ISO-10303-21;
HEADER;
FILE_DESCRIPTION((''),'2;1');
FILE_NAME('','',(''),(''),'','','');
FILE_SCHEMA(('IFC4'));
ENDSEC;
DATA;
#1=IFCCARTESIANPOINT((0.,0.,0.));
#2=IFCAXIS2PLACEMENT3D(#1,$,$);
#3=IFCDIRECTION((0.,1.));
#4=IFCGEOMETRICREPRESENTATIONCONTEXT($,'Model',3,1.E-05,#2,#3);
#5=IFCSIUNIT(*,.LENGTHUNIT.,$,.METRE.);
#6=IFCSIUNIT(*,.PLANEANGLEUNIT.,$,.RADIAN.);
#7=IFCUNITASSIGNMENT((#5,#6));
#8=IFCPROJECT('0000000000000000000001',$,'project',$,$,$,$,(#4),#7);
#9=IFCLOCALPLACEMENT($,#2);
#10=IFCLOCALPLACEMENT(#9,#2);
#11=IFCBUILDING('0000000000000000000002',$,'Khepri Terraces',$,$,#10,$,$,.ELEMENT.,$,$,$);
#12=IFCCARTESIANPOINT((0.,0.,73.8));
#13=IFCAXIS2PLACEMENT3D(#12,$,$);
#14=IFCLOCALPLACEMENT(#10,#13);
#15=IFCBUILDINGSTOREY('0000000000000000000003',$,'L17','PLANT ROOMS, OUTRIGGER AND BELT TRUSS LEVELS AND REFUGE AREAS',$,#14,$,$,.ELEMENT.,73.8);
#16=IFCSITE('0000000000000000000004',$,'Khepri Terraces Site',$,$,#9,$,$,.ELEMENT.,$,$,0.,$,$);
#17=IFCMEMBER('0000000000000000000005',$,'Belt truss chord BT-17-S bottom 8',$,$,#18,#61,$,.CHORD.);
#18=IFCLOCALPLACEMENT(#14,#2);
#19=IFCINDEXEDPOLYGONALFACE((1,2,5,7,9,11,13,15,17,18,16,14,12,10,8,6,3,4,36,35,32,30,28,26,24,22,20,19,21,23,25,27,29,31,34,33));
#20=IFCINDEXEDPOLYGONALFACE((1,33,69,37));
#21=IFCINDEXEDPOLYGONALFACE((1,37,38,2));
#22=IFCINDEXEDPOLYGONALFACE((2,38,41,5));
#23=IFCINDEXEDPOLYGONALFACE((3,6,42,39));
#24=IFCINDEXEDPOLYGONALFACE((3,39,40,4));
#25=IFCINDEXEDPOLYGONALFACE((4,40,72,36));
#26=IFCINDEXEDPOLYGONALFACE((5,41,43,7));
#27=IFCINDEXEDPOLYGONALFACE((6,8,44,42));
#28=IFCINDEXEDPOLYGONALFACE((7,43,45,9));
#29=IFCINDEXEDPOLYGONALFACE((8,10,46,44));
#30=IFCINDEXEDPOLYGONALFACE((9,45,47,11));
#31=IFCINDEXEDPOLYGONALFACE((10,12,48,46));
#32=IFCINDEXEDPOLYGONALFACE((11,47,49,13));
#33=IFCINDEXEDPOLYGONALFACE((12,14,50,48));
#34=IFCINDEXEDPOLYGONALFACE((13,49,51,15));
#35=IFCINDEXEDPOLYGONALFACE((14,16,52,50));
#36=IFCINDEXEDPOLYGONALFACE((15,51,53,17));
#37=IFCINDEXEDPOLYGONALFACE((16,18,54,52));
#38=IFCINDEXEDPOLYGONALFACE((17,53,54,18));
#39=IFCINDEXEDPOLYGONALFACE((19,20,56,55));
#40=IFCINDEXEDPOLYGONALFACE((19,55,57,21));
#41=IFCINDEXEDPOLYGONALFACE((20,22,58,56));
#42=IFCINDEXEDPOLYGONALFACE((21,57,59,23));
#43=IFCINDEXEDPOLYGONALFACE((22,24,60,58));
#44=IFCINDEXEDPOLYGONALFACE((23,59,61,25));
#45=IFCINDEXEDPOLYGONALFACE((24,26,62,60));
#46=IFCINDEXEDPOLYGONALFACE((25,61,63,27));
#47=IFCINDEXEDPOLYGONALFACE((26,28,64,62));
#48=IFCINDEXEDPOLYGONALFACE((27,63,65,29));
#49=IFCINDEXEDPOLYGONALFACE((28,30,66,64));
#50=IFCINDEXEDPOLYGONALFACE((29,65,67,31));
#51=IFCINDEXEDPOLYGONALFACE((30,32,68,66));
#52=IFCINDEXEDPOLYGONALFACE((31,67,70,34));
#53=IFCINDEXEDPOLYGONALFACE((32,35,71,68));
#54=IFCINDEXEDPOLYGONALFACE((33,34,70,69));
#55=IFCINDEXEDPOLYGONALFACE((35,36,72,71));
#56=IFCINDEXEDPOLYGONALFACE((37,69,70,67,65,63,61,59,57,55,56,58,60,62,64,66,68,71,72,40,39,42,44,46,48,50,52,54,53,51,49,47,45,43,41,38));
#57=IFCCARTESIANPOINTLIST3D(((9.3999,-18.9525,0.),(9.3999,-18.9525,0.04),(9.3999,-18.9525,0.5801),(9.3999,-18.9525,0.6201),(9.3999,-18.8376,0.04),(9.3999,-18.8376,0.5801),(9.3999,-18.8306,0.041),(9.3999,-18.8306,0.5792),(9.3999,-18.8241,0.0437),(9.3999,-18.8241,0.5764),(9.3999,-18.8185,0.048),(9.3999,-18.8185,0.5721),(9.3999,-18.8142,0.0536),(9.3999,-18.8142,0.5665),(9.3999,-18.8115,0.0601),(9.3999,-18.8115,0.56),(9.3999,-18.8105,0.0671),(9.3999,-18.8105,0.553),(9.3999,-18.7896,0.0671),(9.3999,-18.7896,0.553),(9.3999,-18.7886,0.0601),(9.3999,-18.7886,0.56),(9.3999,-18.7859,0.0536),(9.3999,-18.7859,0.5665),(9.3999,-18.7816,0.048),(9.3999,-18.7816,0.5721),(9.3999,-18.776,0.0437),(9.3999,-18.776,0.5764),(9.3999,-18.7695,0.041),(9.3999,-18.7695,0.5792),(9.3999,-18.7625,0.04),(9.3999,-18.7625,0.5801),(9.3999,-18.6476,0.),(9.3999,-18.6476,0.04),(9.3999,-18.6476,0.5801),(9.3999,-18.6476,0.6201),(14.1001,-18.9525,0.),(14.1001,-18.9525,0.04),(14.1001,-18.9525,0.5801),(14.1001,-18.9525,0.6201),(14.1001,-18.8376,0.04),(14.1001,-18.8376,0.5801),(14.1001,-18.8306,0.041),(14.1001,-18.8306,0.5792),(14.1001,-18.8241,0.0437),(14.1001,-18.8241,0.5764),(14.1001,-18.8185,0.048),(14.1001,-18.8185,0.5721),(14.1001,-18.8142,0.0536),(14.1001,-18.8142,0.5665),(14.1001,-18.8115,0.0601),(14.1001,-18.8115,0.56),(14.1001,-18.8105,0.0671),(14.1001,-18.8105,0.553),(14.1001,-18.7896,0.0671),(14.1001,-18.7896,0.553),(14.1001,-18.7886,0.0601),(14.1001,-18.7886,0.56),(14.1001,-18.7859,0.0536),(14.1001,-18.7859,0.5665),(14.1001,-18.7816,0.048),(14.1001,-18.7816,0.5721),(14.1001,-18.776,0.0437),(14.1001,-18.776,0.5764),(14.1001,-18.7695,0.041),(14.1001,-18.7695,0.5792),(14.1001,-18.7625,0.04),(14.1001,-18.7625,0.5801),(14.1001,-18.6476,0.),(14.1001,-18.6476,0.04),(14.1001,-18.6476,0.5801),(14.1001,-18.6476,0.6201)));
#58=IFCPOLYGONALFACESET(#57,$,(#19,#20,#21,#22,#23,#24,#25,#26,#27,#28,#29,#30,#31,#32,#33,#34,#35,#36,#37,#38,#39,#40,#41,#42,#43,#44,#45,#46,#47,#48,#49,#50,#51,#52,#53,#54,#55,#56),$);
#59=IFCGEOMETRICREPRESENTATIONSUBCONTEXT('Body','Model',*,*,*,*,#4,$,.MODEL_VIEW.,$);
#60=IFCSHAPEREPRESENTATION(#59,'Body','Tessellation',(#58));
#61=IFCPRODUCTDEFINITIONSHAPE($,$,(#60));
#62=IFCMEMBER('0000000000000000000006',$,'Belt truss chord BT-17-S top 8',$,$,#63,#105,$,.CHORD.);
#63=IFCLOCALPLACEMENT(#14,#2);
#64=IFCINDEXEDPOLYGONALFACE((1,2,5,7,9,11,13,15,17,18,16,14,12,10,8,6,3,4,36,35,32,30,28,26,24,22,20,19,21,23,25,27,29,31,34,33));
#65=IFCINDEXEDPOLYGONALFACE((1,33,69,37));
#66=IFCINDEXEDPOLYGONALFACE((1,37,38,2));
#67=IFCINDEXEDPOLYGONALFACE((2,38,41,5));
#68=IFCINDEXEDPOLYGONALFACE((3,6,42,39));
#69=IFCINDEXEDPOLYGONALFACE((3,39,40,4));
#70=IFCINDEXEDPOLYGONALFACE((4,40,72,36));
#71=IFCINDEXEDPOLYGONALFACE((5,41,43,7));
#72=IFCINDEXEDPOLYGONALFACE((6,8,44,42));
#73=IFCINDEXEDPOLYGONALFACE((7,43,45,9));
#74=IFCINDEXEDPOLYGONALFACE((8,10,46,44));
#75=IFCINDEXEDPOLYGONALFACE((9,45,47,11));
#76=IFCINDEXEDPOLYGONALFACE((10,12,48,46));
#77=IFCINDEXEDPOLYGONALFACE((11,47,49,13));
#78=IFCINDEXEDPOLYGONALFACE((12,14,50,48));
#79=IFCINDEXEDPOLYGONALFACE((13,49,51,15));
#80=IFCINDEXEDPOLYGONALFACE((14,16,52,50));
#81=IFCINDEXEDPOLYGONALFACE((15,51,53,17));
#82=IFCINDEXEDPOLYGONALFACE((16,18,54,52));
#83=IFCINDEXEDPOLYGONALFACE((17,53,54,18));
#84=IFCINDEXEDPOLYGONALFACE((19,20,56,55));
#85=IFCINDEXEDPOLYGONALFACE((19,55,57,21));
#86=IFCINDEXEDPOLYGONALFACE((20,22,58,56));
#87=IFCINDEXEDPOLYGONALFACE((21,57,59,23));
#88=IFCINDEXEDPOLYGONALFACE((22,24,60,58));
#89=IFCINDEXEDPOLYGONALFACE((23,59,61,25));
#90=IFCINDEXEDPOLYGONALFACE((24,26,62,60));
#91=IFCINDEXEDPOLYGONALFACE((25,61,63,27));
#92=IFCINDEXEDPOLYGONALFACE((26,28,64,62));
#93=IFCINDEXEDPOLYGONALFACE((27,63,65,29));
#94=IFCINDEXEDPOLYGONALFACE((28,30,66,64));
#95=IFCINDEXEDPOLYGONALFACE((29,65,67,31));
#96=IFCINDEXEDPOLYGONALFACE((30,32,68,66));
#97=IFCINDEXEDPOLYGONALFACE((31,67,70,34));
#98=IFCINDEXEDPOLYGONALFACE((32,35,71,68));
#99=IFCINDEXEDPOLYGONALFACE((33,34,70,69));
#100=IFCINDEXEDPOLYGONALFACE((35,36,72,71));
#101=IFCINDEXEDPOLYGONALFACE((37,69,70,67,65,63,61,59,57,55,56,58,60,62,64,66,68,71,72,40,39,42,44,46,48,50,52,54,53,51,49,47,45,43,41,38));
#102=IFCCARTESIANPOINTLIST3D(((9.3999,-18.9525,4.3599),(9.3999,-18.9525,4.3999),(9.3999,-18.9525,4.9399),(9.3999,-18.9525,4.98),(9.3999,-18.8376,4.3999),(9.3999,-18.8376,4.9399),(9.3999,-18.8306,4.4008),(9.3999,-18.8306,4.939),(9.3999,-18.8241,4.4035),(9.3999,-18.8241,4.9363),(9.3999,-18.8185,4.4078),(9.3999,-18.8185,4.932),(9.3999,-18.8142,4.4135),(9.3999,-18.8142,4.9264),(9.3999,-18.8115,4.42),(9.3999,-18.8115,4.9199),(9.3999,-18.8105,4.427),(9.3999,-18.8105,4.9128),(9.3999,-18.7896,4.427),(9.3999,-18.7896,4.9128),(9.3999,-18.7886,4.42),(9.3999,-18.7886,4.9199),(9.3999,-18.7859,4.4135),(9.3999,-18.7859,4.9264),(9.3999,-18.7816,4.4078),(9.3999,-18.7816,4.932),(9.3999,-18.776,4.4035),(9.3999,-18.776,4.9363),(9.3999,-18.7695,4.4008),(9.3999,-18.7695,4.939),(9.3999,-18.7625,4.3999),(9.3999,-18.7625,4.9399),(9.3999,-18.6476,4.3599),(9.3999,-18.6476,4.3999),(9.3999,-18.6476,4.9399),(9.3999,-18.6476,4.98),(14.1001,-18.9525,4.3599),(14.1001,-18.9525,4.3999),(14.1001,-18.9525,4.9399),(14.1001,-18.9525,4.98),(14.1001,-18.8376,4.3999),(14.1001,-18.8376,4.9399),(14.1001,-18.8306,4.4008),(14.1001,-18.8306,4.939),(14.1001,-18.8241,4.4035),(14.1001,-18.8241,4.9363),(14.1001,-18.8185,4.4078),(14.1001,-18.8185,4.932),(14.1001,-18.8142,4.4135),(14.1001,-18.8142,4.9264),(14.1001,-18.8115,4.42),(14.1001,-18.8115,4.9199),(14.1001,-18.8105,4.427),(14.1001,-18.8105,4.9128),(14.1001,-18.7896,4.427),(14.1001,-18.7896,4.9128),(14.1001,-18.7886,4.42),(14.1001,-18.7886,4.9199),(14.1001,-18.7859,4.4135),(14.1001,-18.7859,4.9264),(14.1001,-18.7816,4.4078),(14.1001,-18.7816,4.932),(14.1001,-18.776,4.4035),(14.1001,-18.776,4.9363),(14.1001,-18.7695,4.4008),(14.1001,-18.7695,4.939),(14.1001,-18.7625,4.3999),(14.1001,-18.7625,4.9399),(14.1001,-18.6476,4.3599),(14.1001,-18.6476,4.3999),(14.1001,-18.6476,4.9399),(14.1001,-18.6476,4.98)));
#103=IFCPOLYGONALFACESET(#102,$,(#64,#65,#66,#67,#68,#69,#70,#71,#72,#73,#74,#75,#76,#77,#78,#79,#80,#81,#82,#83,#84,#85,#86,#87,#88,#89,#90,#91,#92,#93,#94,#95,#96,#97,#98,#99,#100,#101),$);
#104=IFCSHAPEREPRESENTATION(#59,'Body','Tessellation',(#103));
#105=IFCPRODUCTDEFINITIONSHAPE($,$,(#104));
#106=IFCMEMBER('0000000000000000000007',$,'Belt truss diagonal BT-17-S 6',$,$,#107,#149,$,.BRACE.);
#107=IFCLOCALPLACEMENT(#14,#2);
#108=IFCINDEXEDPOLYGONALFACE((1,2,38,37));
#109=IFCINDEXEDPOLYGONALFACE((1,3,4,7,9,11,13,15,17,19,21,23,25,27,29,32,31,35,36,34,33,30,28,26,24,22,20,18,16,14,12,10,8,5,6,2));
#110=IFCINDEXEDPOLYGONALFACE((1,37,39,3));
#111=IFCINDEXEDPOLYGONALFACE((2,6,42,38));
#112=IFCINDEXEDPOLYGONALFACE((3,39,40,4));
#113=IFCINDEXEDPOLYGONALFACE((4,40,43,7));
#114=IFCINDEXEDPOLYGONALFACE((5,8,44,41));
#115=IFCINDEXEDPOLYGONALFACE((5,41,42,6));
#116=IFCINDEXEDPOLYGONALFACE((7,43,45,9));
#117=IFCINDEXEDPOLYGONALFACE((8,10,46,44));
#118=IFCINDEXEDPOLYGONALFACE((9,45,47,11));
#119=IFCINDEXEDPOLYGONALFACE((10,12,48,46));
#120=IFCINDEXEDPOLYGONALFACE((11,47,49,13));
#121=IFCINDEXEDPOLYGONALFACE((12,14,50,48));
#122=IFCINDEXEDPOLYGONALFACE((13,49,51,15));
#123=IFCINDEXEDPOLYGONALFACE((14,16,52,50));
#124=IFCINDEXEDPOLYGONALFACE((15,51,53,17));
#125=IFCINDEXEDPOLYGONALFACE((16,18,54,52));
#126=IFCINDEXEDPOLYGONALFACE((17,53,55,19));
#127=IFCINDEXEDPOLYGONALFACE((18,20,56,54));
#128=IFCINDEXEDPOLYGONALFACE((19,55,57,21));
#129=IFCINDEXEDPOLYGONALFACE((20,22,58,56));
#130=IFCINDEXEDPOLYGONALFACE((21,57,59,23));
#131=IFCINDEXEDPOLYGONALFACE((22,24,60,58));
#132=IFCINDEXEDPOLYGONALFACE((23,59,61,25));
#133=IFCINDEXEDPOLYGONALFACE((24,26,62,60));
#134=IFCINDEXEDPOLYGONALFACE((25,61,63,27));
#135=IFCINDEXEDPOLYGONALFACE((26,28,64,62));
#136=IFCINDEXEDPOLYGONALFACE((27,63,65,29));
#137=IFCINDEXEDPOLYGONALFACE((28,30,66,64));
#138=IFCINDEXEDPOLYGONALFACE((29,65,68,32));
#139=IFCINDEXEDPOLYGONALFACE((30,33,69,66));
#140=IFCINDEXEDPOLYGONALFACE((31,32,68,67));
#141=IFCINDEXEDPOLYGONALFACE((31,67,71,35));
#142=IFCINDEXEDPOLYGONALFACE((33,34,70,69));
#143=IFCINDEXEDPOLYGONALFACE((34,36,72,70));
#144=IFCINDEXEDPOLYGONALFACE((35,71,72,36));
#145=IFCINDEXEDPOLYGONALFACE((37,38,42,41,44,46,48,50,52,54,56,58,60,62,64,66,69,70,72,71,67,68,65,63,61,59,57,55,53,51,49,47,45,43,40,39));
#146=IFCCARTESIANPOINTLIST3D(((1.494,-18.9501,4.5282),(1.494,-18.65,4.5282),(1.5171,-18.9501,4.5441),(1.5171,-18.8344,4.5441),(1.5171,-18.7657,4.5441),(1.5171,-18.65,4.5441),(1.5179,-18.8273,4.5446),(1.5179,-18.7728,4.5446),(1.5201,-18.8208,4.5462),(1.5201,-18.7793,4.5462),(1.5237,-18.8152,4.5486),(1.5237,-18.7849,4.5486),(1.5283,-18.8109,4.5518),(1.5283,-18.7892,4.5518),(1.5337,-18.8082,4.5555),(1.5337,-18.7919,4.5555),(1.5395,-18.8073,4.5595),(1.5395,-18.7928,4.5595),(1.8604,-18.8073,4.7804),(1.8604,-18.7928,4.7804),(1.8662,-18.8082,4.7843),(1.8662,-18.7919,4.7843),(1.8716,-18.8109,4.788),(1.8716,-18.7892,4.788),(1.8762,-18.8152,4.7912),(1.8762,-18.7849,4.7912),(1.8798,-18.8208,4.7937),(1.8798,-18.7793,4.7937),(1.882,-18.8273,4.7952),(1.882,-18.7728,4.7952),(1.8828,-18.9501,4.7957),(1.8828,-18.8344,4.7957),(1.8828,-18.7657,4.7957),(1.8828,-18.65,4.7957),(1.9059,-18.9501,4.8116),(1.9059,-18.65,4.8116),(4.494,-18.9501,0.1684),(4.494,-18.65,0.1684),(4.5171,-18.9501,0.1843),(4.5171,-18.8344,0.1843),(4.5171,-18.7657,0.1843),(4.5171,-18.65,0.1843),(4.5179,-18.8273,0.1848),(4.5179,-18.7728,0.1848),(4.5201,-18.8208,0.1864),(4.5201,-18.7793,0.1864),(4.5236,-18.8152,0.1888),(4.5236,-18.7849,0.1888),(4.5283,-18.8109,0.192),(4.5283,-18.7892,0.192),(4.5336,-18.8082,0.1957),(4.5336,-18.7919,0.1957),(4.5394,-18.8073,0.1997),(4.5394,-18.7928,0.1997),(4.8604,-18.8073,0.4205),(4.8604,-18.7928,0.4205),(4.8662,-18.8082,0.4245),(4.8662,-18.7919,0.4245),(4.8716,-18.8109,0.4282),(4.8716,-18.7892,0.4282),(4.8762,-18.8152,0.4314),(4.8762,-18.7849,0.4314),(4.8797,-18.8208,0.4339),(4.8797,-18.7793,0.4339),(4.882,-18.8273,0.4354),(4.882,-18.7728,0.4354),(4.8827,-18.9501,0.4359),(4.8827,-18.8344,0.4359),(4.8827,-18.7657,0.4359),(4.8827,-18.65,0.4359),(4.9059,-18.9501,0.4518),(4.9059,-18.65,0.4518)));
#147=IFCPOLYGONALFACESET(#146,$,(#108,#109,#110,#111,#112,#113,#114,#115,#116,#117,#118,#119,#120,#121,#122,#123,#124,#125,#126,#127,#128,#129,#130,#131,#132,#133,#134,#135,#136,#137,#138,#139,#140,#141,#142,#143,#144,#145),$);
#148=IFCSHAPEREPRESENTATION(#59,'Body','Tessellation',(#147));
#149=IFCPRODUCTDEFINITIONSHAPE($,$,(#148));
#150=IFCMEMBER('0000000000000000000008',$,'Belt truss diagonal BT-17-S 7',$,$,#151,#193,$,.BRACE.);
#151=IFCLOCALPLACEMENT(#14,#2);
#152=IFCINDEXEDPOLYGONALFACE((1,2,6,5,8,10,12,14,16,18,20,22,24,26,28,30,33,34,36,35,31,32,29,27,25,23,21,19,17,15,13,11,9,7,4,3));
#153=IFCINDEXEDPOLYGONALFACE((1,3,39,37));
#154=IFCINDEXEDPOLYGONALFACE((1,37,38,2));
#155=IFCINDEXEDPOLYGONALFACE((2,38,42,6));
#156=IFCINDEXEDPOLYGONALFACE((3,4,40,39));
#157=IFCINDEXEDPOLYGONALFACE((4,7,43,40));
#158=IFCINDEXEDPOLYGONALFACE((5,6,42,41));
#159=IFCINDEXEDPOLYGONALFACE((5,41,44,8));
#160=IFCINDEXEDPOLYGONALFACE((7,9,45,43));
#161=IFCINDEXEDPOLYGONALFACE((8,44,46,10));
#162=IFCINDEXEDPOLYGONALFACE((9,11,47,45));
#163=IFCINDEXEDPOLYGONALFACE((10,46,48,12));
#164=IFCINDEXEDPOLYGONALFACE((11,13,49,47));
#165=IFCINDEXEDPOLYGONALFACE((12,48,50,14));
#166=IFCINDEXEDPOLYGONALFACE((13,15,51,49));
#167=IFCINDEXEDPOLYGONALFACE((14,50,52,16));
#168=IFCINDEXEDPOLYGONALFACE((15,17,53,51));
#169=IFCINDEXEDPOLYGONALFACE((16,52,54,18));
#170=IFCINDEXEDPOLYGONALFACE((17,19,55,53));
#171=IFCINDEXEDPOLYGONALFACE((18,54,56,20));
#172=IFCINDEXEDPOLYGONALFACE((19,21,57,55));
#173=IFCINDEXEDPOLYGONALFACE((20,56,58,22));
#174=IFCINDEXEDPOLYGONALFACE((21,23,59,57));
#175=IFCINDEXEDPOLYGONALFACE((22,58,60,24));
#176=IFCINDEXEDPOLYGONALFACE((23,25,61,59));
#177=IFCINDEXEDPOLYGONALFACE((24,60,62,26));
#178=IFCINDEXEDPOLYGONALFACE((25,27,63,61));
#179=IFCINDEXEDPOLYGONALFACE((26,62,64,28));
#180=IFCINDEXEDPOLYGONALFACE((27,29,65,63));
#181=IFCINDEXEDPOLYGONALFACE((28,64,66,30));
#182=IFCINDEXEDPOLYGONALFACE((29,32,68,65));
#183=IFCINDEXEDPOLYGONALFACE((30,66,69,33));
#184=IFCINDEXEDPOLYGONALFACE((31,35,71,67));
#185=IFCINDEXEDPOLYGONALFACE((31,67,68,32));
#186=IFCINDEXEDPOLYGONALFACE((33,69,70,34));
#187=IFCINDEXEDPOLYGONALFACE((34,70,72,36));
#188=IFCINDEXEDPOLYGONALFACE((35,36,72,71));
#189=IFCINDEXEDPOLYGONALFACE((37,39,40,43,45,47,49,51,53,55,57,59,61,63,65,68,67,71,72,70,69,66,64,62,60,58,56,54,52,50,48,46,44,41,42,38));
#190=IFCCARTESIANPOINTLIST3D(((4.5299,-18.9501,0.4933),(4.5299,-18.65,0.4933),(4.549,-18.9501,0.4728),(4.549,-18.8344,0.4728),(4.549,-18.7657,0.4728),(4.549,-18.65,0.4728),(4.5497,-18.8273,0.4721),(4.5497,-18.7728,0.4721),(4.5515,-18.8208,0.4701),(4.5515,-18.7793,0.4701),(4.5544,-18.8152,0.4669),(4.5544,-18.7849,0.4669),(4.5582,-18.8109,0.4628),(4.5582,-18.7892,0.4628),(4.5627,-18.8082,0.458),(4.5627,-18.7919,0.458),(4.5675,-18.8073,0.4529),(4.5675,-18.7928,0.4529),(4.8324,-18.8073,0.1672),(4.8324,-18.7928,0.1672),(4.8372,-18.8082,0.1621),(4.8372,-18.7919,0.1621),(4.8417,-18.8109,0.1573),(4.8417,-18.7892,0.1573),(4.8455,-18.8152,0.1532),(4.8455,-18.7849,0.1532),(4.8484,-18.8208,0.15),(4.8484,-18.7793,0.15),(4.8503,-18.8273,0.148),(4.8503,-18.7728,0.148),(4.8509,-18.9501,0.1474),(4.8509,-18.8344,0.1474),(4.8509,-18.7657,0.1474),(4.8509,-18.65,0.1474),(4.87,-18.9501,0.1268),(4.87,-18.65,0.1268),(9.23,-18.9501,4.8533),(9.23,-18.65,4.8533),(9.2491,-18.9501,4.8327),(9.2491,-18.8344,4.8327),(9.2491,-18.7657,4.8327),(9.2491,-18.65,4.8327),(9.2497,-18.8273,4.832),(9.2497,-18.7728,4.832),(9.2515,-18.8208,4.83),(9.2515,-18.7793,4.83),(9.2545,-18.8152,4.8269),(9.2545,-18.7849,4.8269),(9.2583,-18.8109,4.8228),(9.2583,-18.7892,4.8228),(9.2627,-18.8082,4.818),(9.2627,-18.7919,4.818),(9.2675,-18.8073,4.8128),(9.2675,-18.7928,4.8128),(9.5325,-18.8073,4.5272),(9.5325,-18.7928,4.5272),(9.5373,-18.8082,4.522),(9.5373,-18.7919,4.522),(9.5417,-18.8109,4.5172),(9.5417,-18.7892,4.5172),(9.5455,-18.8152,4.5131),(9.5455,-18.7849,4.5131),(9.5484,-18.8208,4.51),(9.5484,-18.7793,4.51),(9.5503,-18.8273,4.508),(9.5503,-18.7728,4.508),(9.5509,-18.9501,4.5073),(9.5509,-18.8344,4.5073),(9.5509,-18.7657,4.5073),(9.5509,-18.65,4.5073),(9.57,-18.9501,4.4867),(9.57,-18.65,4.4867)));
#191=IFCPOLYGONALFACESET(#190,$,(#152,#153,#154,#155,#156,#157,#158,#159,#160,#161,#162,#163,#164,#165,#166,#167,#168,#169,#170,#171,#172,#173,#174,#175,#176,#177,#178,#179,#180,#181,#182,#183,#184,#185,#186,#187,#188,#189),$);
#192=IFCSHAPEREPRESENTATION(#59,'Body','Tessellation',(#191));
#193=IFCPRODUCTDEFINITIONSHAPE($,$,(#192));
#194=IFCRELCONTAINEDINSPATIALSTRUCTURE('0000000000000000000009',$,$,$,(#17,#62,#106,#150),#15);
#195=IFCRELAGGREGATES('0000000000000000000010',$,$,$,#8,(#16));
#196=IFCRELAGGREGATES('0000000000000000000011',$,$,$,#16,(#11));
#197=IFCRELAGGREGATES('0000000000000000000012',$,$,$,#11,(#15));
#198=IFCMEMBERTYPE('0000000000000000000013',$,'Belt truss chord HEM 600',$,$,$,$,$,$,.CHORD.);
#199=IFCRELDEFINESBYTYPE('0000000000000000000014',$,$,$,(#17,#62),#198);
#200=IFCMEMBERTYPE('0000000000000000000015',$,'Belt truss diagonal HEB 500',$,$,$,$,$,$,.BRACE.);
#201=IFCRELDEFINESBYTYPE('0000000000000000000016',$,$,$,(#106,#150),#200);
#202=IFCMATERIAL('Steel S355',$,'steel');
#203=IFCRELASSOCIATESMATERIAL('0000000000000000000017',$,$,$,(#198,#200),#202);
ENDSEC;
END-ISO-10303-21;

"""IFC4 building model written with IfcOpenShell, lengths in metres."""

from ifc_helpers import new_model, si_unit, direction, frame, origin, origin_2d, place, context, subcontext, project, spatial, i_section, extrude, material, material_profile, profile_set, type_object, element, save


model = new_model("IFC4")

# Units and contexts
model_context = context("Model", 3, precision=1e-05, world=origin(), true_north=direction((0.0, 1.0)))
body_context = subcontext(model_context, "Body", "Model", "MODEL_VIEW")
ifc_project = project(units=[si_unit("LENGTHUNIT", "METRE"), si_unit("PLANEANGLEUNIT", "RADIAN")], contexts=[model_context])

# Site, building, storey
site_placement = place(None, origin())
site = spatial("IfcSite", under=ifc_project, at=site_placement, Name="Khepri Terraces Site", CompositionType="ELEMENT", RefElevation=0.0)
building_placement = place(site_placement, origin())
building = spatial("IfcBuilding", under=site, at=building_placement, Name="Khepri Terraces", CompositionType="ELEMENT")
storey_placement = place(building_placement, frame((0.0, 0.0, 73.8)))
storey = spatial("IfcBuildingStorey", under=building, at=storey_placement, Name="L17", Description="PLANT ROOMS, OUTRIGGER AND BELT TRUSS LEVELS AND REFUGE AREAS", CompositionType="ELEMENT", Elevation=73.8)

# Members
ifc_material_1 = material(Name="Steel S355", Category="steel")
ifc_material_profile_1 = material_profile(ifc_material_1, i_section(OverallWidth=0.3049, OverallDepth=0.6201, WebThickness=0.021, FlangeThickness=0.04, FilletRadius=0.0271, at=origin_2d()), Name="Steel S355", Category="steel")
ifc_profile_set_1 = profile_set([ifc_material_profile_1], Name="Steel S355")
member_type_1 = type_object("IfcMemberType", Name="Belt truss chord HEM 600", PredefinedType="CHORD", material=ifc_profile_set_1)
for number, where, z_axis, x_axis, name in (
    (1, (9.3999, -18.8, 0.3101), (1.0, 0.0, 0.0), (0.0, 1.0, 0.0), "Belt truss chord BT-17-S bottom 8"),
    (2, (9.3999, -18.8, 4.6699), (1.0, 0.0, 0.0), (0.0, 1.0, 0.0), "Belt truss chord BT-17-S top 8"),
):
    element("IfcMember", number, at=place(storey_placement, frame(where, z_axis=z_axis, x_axis=x_axis)), inside=storey, type_object=member_type_1, Name=name, PredefinedType="CHORD", context=body_context, shape_type="SweptSolid", body=[
        extrude(i_section(OverallWidth=0.3049, OverallDepth=0.6201, WebThickness=0.021, FlangeThickness=0.04, FilletRadius=0.0271, at=origin_2d()), origin(), (0.0, 0.0, 1.0), 4.7002),
    ])
ifc_material_profile_2 = material_profile(ifc_material_1, i_section(OverallWidth=0.3, OverallDepth=0.5, WebThickness=0.0144, FlangeThickness=0.0281, FilletRadius=0.0271, at=origin_2d()), Name="Steel S355", Category="steel")
ifc_profile_set_2 = profile_set([ifc_material_profile_2], Name="Steel S355")
member_type_2 = type_object("IfcMemberType", Name="Belt truss diagonal HEB 500", PredefinedType="BRACE", material=ifc_profile_set_2)
member_1_placement = place(storey_placement, frame((1.7, -18.8, 4.6699), z_axis=(0.566862, 0.0, -0.823813), x_axis=(0.0, 1.0, 0.0)))
element("IfcMember", 3, at=member_1_placement, inside=storey, type_object=member_type_2, Name="Belt truss diagonal BT-17-S 6", PredefinedType="BRACE", context=body_context, shape_type="SweptSolid", body=[
    extrude(i_section(OverallWidth=0.3, OverallDepth=0.5, WebThickness=0.0144, FlangeThickness=0.0281, FilletRadius=0.0271, at=origin_2d()), origin(), (0.0, 0.0, 1.0), 5.2922),
])
for number, where, z_axis, x_axis, name in (
    (4, (4.7, -18.8, 0.3101), (0.733134, 0.0, 0.680084), (0.0, 1.0, 0.0), "Belt truss diagonal BT-17-S 7"),
):
    element("IfcMember", number, at=place(storey_placement, frame(where, z_axis=z_axis, x_axis=x_axis)), inside=storey, type_object=member_type_2, Name=name, PredefinedType="BRACE", context=body_context, shape_type="SweptSolid", body=[
        extrude(i_section(OverallWidth=0.3, OverallDepth=0.5, WebThickness=0.0144, FlangeThickness=0.0281, FilletRadius=0.0271, at=origin_2d()), origin(), (0.0, 0.0, 1.0), 6.4109),
    ])

save(model, "model.ifc")
